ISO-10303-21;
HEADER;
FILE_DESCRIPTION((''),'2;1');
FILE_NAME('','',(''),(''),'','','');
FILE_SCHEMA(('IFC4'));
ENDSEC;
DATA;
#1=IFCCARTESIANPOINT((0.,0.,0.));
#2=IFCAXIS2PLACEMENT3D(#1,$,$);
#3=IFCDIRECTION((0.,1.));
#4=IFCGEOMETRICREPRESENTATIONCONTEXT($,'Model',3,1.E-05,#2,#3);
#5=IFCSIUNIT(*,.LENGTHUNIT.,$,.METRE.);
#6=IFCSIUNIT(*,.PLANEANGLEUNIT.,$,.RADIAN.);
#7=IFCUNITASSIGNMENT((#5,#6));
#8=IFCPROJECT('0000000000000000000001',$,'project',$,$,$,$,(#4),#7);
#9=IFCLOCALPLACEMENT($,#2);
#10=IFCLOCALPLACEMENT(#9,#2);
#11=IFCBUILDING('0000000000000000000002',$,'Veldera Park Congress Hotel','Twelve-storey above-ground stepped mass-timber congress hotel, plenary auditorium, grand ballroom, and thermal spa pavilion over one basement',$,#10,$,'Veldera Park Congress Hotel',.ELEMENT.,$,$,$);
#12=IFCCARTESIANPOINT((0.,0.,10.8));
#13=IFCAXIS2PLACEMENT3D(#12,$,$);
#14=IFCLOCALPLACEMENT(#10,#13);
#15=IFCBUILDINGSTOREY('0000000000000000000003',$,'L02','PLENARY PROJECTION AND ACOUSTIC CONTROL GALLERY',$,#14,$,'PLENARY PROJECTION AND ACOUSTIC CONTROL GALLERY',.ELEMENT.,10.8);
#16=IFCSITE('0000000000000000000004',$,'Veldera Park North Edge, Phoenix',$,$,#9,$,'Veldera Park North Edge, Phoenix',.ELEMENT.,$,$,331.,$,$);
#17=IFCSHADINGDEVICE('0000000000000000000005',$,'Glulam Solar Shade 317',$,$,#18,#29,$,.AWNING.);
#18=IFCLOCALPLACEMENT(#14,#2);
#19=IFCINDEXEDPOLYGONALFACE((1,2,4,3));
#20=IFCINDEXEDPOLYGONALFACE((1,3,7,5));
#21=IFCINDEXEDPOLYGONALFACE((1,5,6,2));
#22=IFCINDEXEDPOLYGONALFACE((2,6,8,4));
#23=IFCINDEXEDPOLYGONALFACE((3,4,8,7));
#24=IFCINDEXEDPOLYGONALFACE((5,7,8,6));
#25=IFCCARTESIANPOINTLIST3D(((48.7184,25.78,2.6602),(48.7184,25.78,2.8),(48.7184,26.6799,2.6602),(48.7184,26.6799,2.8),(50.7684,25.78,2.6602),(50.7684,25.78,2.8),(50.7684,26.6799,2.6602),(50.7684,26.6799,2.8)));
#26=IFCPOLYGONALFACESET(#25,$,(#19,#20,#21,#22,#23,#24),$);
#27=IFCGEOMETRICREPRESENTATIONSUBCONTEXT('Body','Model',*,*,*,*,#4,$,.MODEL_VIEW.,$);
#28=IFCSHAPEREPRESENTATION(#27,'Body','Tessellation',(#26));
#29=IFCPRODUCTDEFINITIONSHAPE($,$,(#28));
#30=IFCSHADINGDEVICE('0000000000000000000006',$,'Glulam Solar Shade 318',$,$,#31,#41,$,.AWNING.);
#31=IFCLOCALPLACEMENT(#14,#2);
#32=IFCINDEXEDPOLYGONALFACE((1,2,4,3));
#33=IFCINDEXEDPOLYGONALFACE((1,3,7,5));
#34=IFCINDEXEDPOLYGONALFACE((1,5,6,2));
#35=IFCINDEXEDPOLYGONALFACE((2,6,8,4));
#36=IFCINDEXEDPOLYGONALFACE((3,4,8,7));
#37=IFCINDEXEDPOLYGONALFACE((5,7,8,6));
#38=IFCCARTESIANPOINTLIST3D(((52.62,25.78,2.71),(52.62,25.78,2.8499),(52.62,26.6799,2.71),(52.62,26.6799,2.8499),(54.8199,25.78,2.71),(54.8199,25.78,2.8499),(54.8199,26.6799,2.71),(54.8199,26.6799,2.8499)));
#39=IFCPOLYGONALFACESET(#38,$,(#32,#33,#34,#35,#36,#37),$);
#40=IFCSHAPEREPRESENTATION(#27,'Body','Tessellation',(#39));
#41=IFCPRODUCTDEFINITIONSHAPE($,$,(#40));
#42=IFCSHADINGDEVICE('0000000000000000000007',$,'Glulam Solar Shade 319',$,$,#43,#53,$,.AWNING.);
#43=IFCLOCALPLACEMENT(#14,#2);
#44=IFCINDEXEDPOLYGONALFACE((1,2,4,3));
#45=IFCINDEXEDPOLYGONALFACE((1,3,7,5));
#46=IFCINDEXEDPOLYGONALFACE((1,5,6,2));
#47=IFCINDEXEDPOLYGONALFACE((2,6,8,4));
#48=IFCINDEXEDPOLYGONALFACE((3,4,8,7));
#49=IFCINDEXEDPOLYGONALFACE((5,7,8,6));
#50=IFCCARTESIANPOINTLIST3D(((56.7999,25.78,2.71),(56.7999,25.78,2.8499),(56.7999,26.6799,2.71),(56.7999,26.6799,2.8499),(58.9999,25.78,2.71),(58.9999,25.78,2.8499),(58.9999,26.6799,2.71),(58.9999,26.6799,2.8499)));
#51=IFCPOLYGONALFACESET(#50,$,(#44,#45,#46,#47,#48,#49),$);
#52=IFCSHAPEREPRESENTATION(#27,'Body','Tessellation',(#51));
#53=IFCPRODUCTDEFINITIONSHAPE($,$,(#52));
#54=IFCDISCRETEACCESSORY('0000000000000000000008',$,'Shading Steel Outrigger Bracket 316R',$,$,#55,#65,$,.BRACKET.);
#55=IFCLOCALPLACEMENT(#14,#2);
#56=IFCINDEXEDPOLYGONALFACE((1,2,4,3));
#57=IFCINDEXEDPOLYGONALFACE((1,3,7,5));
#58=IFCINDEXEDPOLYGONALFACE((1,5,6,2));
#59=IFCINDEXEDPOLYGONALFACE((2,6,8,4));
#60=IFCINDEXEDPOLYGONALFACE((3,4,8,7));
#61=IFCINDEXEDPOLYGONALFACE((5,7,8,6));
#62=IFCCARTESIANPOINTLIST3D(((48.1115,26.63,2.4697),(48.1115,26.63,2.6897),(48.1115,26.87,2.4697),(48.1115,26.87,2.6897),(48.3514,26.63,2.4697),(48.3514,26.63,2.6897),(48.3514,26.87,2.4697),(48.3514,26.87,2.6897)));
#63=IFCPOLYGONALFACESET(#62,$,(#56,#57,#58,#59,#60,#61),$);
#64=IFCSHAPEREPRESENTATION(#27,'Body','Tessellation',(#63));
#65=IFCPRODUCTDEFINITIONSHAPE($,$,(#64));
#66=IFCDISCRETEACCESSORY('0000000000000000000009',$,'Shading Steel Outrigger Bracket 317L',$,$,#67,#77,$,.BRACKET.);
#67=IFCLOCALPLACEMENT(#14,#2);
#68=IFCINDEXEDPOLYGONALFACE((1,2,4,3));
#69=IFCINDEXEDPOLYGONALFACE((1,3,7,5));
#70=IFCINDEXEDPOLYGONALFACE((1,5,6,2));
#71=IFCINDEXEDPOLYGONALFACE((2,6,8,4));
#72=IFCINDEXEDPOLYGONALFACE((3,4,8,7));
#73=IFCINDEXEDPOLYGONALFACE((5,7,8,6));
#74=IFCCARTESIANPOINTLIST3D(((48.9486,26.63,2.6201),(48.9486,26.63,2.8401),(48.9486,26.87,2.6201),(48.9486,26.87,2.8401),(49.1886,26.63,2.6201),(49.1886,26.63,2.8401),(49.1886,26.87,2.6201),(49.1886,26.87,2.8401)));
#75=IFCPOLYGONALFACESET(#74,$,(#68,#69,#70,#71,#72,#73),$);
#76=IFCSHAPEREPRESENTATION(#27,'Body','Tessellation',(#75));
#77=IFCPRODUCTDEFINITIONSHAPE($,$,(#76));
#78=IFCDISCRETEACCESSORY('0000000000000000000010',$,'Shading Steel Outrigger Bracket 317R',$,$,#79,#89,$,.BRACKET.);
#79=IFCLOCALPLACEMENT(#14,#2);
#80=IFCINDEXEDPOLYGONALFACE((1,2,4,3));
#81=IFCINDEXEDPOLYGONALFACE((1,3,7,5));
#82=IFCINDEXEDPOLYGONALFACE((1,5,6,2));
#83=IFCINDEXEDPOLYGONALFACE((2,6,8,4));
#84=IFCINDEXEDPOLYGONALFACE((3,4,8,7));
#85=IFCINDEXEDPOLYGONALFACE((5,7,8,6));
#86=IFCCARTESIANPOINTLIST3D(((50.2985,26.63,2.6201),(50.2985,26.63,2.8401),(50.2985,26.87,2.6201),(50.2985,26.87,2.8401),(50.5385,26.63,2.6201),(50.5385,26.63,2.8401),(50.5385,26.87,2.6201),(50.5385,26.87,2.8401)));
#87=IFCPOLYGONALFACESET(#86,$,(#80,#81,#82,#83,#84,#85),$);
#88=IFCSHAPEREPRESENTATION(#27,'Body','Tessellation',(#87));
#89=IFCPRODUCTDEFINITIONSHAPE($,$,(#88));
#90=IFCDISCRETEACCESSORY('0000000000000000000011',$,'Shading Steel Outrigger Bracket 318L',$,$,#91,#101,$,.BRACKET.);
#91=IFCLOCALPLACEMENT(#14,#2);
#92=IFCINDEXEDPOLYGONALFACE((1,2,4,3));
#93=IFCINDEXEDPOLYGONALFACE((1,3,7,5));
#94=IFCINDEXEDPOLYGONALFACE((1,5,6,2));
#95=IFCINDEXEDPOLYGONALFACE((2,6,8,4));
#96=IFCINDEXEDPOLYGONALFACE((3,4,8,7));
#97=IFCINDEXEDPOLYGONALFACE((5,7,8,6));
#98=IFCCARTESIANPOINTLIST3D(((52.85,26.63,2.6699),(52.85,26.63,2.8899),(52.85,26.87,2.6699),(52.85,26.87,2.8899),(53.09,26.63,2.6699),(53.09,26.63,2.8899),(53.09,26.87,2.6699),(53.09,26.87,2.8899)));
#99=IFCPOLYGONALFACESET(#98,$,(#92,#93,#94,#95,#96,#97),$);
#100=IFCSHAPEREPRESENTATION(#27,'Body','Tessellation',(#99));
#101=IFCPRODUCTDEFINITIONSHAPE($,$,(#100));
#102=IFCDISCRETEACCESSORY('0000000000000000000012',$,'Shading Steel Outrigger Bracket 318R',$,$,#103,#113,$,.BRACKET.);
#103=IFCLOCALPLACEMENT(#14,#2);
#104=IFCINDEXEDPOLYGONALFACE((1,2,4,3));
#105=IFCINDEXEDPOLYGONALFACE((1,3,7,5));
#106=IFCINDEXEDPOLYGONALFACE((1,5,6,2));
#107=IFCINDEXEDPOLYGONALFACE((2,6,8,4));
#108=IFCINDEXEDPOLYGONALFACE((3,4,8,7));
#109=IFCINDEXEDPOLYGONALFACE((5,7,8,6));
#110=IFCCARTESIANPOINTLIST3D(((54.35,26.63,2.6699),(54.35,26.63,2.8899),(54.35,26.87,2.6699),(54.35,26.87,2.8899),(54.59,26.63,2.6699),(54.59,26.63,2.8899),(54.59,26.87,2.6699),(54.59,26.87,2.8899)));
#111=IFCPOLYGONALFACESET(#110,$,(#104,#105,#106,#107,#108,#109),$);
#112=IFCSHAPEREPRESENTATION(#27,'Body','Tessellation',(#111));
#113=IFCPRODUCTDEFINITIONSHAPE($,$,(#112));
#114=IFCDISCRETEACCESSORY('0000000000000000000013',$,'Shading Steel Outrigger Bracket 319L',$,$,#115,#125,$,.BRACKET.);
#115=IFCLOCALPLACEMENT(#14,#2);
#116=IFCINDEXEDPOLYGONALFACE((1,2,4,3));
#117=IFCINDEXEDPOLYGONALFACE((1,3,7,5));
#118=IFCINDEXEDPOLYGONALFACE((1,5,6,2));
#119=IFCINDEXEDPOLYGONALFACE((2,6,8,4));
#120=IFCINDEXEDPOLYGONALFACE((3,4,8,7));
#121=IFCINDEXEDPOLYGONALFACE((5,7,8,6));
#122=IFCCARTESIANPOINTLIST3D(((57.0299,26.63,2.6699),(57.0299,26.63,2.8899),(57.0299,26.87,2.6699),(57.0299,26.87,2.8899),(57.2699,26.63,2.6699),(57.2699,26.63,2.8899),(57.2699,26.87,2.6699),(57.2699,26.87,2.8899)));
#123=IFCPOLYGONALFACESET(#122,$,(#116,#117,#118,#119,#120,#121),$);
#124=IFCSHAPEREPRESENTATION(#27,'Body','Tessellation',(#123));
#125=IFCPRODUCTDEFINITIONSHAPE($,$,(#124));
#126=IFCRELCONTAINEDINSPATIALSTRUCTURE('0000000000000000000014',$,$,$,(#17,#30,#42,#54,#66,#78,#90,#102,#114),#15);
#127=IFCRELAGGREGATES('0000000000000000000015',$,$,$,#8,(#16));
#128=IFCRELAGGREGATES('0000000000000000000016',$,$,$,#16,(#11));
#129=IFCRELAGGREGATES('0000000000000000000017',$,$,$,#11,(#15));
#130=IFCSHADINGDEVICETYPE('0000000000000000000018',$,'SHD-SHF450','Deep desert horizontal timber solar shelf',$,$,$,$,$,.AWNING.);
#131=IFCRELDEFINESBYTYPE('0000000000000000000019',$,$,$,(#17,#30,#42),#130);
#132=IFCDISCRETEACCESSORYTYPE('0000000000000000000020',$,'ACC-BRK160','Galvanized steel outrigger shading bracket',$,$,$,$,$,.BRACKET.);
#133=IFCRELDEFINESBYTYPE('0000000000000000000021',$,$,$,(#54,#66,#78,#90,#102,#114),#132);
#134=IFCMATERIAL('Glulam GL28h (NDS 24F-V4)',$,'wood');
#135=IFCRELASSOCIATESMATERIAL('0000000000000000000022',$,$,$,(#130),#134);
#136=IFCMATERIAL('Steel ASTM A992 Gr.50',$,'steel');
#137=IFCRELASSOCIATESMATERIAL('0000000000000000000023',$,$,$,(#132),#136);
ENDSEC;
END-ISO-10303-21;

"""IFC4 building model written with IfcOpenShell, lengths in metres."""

from ifc_helpers import new_model, si_unit, direction, frame, origin, origin_2d, place, context, subcontext, project, spatial, rectangle, extrude, material, type_object, element, save


model = new_model("IFC4")

# Units and contexts
model_context = context("Model", 3, precision=1e-05, world=origin(), true_north=direction((0.0, 1.0)))
body_context = subcontext(model_context, "Body", "Model", "MODEL_VIEW")
ifc_project = project(units=[si_unit("LENGTHUNIT", "METRE"), si_unit("PLANEANGLEUNIT", "RADIAN")], contexts=[model_context])

# Site, building, storey
site_placement = place(None, origin())
site = spatial("IfcSite", under=ifc_project, at=site_placement, Name="Veldera Park North Edge, Phoenix", LongName="Veldera Park North Edge, Phoenix", CompositionType="ELEMENT", RefElevation=331.0)
building_placement = place(site_placement, origin())
building = spatial("IfcBuilding", under=site, at=building_placement, Name="Veldera Park Congress Hotel", Description="Twelve-storey above-ground stepped mass-timber congress hotel, plenary auditorium, grand ballroom, and thermal spa pavilion over one basement", LongName="Veldera Park Congress Hotel", CompositionType="ELEMENT")
storey_placement = place(building_placement, frame((0.0, 0.0, 10.8)))
storey = spatial("IfcBuildingStorey", under=building, at=storey_placement, Name="L02", Description="PLENARY PROJECTION AND ACOUSTIC CONTROL GALLERY", LongName="PLENARY PROJECTION AND ACOUSTIC CONTROL GALLERY", CompositionType="ELEMENT", Elevation=10.8)

# Shared definitions
ifc_material_1 = material(Name="Glulam GL28h (NDS 24F-V4)", Category="wood")
ifc_material_2 = material(Name="Steel ASTM A992 Gr.50", Category="steel")

# Shading devices
shading_device_type = type_object("IfcShadingDeviceType", Name="SHD-SHF450", Description="Deep desert horizontal timber solar shelf", PredefinedType="AWNING", material=ifc_material_1)
shading_device_1_placement = place(storey_placement, frame((49.7434, 26.23, 2.6602), z_axis=(0.0, 0.0, 1.0), x_axis=(1.0, 0.0, 0.0)))
element("IfcShadingDevice", 1, at=shading_device_1_placement, inside=storey, type_object=shading_device_type, Name="Glulam Solar Shade 317", PredefinedType="AWNING", context=body_context, shape_type="SweptSolid", body=[
    extrude(rectangle(XDim=2.05, YDim=0.8999, at=origin_2d()), origin(), (0.0, 0.0, 1.0), 0.1399),
])
for number, where, z_axis, x_axis, name in (
    (2, (53.72, 26.23, 2.71), (0.0, 0.0, 1.0), (1.0, 0.0, 0.0), "Glulam Solar Shade 318"),
    (3, (57.8999, 26.23, 2.71), (0.0, 0.0, 1.0), (1.0, 0.0, 0.0), "Glulam Solar Shade 319"),
):
    element("IfcShadingDevice", number, at=place(storey_placement, frame(where, z_axis=z_axis, x_axis=x_axis)), inside=storey, type_object=shading_device_type, Name=name, PredefinedType="AWNING", context=body_context, shape_type="SweptSolid", body=[
        extrude(rectangle(XDim=2.2, YDim=0.8999, at=origin_2d()), origin(), (0.0, 0.0, 1.0), 0.1399),
    ])

# Discrete accessories
discrete_accessory_type = type_object("IfcDiscreteAccessoryType", Name="ACC-BRK160", Description="Galvanized steel outrigger shading bracket", PredefinedType="BRACKET", material=ifc_material_2)
for number, where, z_axis, x_axis, name in (
    (4, (48.2314, 26.75, 2.4697), (0.0, 0.0, 1.0), (1.0, 0.0, 0.0), "Shading Steel Outrigger Bracket 316R"),
    (5, (49.0686, 26.75, 2.6201), (0.0, 0.0, 1.0), (1.0, 0.0, 0.0), "Shading Steel Outrigger Bracket 317L"),
    (6, (50.4185, 26.75, 2.6201), (0.0, 0.0, 1.0), (1.0, 0.0, 0.0), "Shading Steel Outrigger Bracket 317R"),
    (7, (52.97, 26.75, 2.6699), (0.0, 0.0, 1.0), (1.0, 0.0, 0.0), "Shading Steel Outrigger Bracket 318L"),
    (8, (54.47, 26.75, 2.6699), (0.0, 0.0, 1.0), (1.0, 0.0, 0.0), "Shading Steel Outrigger Bracket 318R"),
    (9, (57.1499, 26.75, 2.6699), (0.0, 0.0, 1.0), (1.0, 0.0, 0.0), "Shading Steel Outrigger Bracket 319L"),
):
    element("IfcDiscreteAccessory", number, at=place(storey_placement, frame(where, z_axis=z_axis, x_axis=x_axis)), inside=storey, type_object=discrete_accessory_type, Name=name, PredefinedType="BRACKET", context=body_context, shape_type="SweptSolid", body=[
        extrude(rectangle(XDim=0.24, YDim=0.24, at=origin_2d()), origin(), (0.0, 0.0, 1.0), 0.22),
    ])

save(model, "model.ifc")
